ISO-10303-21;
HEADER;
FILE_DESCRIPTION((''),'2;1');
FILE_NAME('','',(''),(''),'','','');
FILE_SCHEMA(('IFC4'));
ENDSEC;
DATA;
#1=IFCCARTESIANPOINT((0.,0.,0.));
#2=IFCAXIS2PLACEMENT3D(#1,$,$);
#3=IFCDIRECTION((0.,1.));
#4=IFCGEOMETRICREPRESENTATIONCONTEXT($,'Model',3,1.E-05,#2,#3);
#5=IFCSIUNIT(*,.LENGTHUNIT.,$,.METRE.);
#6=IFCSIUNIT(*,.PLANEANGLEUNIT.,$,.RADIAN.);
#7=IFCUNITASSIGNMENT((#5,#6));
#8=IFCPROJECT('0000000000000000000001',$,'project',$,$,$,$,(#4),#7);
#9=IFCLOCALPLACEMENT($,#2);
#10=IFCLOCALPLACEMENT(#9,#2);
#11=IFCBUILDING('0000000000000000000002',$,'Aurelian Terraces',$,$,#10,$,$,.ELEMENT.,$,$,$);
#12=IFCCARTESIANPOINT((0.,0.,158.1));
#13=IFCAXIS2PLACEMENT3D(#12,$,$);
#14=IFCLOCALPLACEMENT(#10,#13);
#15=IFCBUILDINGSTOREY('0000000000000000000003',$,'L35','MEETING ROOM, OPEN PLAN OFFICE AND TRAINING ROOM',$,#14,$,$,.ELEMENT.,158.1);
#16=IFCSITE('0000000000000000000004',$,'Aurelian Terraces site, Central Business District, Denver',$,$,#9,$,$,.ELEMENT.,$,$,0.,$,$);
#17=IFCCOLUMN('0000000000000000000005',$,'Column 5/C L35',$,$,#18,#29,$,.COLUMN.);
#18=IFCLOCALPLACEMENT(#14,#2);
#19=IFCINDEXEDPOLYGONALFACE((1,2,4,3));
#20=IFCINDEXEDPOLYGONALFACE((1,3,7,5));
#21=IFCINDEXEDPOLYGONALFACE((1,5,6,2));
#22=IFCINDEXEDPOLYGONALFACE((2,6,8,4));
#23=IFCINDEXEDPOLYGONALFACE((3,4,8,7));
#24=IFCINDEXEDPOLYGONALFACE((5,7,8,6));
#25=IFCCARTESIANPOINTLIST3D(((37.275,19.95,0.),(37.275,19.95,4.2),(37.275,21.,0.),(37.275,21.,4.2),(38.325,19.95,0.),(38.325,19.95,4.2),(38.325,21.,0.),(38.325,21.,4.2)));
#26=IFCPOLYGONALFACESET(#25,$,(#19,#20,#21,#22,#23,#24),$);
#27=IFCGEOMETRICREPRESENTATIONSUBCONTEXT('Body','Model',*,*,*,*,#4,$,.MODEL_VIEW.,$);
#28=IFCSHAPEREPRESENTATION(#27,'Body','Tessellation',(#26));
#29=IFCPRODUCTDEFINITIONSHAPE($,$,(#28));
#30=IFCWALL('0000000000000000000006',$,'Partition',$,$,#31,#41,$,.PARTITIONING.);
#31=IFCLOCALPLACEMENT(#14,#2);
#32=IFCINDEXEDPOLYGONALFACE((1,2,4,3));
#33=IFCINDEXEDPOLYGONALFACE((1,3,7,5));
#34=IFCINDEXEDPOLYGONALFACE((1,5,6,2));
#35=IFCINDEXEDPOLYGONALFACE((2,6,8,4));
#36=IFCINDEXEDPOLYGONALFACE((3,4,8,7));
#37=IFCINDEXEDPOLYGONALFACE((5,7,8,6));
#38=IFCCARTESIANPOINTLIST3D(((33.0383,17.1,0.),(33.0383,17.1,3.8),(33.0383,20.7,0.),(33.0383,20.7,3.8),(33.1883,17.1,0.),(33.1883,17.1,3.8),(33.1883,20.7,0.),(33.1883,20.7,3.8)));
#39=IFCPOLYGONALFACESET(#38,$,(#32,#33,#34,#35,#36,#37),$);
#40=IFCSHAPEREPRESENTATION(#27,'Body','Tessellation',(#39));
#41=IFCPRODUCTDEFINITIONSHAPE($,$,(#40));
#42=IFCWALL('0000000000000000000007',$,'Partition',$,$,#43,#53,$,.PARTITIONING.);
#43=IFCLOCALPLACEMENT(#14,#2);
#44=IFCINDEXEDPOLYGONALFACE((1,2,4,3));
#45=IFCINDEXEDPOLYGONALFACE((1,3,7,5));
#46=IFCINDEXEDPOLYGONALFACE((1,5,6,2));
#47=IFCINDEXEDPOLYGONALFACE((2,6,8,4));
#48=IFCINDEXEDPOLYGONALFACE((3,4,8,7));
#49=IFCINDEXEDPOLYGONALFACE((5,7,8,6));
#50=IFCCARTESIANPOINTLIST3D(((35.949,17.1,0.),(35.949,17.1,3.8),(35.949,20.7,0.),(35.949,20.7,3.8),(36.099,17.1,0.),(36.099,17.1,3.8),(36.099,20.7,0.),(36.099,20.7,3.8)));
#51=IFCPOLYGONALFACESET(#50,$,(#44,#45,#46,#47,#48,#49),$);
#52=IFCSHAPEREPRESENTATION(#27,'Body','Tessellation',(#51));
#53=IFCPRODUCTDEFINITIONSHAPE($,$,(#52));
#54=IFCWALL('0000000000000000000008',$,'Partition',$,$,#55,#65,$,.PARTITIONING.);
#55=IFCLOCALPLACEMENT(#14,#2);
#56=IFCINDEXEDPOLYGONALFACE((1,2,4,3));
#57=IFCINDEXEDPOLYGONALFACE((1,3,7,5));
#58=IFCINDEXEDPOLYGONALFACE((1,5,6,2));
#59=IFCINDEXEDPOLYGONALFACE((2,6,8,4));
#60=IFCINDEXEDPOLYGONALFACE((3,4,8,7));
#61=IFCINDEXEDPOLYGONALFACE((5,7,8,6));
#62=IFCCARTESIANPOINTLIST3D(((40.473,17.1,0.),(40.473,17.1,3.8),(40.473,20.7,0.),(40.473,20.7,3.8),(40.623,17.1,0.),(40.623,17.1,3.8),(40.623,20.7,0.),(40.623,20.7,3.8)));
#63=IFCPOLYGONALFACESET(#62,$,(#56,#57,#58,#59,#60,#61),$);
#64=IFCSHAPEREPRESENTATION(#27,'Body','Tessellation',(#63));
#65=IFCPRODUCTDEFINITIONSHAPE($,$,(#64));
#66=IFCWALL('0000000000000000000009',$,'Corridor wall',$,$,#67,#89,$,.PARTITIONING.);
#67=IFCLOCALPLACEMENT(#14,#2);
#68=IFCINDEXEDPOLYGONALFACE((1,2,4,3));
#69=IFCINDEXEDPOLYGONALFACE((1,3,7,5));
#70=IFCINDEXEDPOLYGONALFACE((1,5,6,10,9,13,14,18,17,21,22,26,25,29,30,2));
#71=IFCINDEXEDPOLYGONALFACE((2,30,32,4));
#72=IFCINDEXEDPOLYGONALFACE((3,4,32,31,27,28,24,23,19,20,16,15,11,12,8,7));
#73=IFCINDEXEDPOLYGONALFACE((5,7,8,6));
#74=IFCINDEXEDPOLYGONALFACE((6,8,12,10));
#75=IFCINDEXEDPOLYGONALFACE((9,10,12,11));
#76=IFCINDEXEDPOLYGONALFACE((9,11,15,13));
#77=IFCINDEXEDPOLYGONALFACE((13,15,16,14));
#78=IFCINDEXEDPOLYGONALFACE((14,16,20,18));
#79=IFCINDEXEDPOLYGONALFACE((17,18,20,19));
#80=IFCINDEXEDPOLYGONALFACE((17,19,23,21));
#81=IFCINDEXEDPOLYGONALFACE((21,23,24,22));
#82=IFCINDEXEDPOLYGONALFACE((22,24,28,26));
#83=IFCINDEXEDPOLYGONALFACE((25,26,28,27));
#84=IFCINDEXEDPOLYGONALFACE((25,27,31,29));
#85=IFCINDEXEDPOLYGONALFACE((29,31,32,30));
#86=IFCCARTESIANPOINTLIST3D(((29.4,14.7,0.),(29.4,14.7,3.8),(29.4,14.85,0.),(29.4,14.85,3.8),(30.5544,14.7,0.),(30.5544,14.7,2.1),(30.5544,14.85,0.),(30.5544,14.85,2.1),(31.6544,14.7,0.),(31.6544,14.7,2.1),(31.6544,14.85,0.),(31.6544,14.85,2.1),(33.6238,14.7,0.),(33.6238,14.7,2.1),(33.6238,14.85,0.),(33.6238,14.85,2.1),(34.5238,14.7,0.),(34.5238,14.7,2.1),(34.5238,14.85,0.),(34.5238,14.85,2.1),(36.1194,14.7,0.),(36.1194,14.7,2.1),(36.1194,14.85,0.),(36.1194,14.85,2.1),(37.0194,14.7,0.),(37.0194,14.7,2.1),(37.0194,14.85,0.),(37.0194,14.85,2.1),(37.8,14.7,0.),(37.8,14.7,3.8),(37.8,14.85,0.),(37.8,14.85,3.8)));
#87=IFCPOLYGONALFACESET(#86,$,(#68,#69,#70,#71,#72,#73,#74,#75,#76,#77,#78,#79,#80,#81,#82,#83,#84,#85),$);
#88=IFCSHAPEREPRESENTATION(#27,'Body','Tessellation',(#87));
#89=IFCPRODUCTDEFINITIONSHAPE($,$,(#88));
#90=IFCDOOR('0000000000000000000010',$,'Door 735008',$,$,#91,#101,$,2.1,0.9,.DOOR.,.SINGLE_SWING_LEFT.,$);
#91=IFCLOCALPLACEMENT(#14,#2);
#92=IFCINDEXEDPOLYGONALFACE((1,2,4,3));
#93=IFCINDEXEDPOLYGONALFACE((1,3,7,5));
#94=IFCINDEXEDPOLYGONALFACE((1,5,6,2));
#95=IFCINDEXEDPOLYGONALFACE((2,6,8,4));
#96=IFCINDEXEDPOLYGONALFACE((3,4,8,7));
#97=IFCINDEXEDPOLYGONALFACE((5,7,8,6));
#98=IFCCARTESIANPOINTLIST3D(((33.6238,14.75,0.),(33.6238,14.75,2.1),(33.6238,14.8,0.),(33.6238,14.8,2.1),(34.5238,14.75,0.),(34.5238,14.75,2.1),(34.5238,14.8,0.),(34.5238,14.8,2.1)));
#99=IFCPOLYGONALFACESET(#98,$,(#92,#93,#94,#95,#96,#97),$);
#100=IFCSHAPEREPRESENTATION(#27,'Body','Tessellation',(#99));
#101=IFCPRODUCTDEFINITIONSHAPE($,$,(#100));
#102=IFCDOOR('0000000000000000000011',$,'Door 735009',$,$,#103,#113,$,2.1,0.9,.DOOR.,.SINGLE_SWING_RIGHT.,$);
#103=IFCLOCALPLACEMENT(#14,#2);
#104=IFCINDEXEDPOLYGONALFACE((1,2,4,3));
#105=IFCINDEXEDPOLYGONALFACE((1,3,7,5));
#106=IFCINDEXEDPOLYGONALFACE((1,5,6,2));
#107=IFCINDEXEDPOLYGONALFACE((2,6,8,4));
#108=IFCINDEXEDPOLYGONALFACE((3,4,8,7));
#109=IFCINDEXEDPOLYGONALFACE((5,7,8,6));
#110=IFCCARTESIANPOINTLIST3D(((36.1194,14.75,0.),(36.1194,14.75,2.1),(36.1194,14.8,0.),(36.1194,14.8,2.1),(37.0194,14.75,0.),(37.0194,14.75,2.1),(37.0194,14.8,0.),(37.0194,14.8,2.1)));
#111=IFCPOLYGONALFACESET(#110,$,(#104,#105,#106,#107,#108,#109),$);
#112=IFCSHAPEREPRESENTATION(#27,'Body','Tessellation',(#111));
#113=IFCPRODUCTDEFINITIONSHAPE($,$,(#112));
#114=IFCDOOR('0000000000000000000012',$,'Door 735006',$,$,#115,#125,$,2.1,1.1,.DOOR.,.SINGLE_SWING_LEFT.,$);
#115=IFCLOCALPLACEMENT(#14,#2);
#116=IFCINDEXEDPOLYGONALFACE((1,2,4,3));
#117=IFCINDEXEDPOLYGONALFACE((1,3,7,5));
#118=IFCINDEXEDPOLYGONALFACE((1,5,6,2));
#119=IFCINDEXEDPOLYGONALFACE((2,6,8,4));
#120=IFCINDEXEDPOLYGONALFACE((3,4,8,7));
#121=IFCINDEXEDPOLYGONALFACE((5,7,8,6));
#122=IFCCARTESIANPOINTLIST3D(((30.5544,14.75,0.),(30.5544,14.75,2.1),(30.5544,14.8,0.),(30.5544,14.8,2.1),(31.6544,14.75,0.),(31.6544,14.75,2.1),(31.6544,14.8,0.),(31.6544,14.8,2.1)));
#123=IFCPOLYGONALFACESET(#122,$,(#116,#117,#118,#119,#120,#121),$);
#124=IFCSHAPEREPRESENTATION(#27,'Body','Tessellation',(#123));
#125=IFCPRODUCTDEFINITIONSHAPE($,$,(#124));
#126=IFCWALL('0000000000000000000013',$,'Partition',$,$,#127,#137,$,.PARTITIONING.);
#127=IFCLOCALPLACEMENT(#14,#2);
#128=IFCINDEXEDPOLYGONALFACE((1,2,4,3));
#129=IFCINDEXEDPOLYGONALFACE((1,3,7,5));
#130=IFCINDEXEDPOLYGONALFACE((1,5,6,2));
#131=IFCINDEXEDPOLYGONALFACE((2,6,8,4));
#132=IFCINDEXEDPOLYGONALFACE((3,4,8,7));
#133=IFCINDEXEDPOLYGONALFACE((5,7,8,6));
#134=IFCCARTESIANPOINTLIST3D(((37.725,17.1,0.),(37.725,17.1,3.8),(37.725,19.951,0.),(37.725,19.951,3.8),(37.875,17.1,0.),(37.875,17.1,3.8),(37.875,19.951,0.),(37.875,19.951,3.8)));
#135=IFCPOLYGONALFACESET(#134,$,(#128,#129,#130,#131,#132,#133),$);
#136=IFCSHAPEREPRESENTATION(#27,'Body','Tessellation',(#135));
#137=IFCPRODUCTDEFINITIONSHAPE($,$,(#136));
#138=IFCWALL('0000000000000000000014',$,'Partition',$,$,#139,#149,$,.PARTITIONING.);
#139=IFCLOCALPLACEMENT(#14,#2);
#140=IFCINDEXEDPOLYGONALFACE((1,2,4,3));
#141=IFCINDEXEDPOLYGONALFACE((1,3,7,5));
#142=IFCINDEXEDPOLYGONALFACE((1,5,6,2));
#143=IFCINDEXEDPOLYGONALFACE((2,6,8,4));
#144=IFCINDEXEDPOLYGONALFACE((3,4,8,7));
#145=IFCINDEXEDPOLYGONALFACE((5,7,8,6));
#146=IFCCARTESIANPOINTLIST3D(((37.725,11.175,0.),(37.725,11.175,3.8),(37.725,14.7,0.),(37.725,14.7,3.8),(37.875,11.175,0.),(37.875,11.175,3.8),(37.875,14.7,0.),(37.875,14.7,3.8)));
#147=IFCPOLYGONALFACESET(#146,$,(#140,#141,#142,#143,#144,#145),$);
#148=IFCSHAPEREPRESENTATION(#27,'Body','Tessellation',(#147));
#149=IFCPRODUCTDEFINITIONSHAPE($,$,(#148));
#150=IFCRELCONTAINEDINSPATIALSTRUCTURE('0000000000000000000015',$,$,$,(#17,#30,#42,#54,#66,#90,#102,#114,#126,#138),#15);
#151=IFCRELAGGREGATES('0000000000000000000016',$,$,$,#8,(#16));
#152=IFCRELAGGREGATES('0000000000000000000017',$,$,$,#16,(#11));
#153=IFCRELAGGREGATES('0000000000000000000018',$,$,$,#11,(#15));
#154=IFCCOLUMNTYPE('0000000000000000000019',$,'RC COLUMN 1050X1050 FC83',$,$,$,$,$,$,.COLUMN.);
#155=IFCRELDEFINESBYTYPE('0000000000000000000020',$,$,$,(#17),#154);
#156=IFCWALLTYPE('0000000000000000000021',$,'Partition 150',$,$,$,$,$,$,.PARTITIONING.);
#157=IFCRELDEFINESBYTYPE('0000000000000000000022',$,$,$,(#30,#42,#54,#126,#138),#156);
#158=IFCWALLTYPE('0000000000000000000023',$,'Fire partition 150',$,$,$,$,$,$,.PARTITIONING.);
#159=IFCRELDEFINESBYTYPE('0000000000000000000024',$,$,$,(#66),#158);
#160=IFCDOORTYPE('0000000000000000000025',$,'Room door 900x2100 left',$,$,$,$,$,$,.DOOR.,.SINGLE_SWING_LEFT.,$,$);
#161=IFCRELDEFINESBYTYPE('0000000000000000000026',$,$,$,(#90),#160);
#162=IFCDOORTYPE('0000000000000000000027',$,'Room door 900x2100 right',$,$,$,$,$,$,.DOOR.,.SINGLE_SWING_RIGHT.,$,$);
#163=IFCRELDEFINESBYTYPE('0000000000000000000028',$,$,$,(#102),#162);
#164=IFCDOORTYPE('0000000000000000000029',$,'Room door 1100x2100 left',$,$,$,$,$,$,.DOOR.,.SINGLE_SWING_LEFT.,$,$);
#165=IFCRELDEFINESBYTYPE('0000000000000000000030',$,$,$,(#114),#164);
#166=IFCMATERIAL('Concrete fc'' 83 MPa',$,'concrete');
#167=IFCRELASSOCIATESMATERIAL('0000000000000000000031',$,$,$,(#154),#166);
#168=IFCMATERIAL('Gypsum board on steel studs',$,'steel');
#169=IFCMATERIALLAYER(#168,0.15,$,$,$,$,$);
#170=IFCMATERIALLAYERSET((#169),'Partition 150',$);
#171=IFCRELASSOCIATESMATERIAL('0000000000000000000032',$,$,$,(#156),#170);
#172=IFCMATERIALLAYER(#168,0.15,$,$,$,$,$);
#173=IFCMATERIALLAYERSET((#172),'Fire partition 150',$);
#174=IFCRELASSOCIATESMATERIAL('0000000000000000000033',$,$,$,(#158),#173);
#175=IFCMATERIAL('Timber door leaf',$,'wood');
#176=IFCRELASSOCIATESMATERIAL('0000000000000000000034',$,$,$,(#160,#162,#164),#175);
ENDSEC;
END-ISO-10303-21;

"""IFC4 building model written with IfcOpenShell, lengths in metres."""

from ifc_helpers import new_model, si_unit, direction, frame, frame_2d, origin, origin_2d, place, context, subcontext, project, spatial, rectangle, extrude, source, transform, mapped, material, layer, layer_set, material_profile, profile_set, type_object, element, fill, save


model = new_model("IFC4")

# Units and contexts
model_context = context("Model", 3, precision=1e-05, world=origin(), true_north=direction((0.0, 1.0)))
body_context = subcontext(model_context, "Body", "Model", "MODEL_VIEW")
ifc_project = project(units=[si_unit("LENGTHUNIT", "METRE"), si_unit("PLANEANGLEUNIT", "RADIAN")], contexts=[model_context])

# Site, building, storey
site_placement = place(None, origin())
site = spatial("IfcSite", under=ifc_project, at=site_placement, Name="Aurelian Terraces site, Central Business District, Denver", CompositionType="ELEMENT", RefElevation=0.0)
building_placement = place(site_placement, origin())
building = spatial("IfcBuilding", under=site, at=building_placement, Name="Aurelian Terraces", CompositionType="ELEMENT")
storey_placement = place(building_placement, frame((0.0, 0.0, 158.1)))
storey = spatial("IfcBuildingStorey", under=building, at=storey_placement, Name="L35", Description="MEETING ROOM, OPEN PLAN OFFICE AND TRAINING ROOM", CompositionType="ELEMENT", Elevation=158.1)

# Column
ifc_material_1 = material(Name="Concrete fc' 83 MPa", Category="concrete")
ifc_material_profile = material_profile(ifc_material_1, rectangle(XDim=1.05, YDim=1.05, at=origin_2d()))
ifc_profile_set = profile_set([ifc_material_profile], Name="Concrete fc' 83 MPa")
column_type = type_object("IfcColumnType", Name="RC COLUMN 1050X1050 FC83", PredefinedType="COLUMN", material=ifc_profile_set)
shared_shape_1 = source(origin(), body_context, "Body", "SweptSolid", [
    extrude(rectangle(XDim=1.05, YDim=1.05, at=origin_2d()), origin(), (0.0, 0.0, 1.0), 4.2),
])
column_placement = place(storey_placement, frame((37.8, 20.475, 0.0), z_axis=(0.0, 0.0, 1.0), x_axis=(1.0, 0.0, 0.0)))
element("IfcColumn", 1, at=column_placement, inside=storey, type_object=column_type, Name="Column 5/C L35", PredefinedType="COLUMN", context=body_context, shape_type="MappedRepresentation", body=[
    mapped(shared_shape_1, transform((0.0, 0.0, 0.0), scale=1.0)),
])

# Walls
ifc_material_2 = material(Name="Gypsum board on steel studs", Category="steel")
ifc_layer_1 = layer(ifc_material_2, 0.15)
ifc_layer_set_1 = layer_set([ifc_layer_1], Name="Partition 150")
wall_type_1 = type_object("IfcWallType", Name="Partition 150", PredefinedType="PARTITIONING", material=ifc_layer_set_1)
shared_shape_2 = source(origin(), body_context, "Body", "SweptSolid", [
    extrude(rectangle(XDim=3.6, YDim=0.15, at=frame_2d((1.8, 0.0))), origin(), (0.0, 0.0, 1.0), 3.8),
])
for number, where, z_axis, x_axis, name in (
    (2, (33.1133, 20.7, 0.0), (0.0, 0.0, 1.0), (0.0, -1.0, 0.0), "Partition"),
    (3, (36.024, 20.7, 0.0), (0.0, 0.0, 1.0), (0.0, -1.0, 0.0), "Partition"),
    (4, (40.548, 20.7, 0.0), (0.0, 0.0, 1.0), (0.0, -1.0, 0.0), "Partition"),
):
    element("IfcWall", number, at=place(storey_placement, frame(where, z_axis=z_axis, x_axis=x_axis)), inside=storey, type_object=wall_type_1, Name=name, PredefinedType="PARTITIONING", context=body_context, shape_type="MappedRepresentation", body=[
        mapped(shared_shape_2, transform((0.0, 0.0, 0.0), scale=1.0)),
    ])

# Wall, openings, doors
ifc_layer_2 = layer(ifc_material_2, 0.15)
ifc_layer_set_2 = layer_set([ifc_layer_2], Name="Fire partition 150")
wall_type_2 = type_object("IfcWallType", Name="Fire partition 150", PredefinedType="PARTITIONING", material=ifc_layer_set_2)
shared_shape_3 = source(origin(), body_context, "Body", "SweptSolid", [
    extrude(rectangle(XDim=8.4, YDim=0.15, at=frame_2d((4.2, 0.0))), origin(), (0.0, 0.0, 1.0), 3.8),
])
wall_1_placement = place(storey_placement, frame((37.8, 14.775, 0.0), z_axis=(0.0, 0.0, 1.0), x_axis=(-1.0, 0.0, 0.0)))
wall_1 = element("IfcWall", 5, at=wall_1_placement, inside=storey, type_object=wall_type_2, Name="Corridor wall", PredefinedType="PARTITIONING", context=body_context, shape_type="MappedRepresentation", body=[
    mapped(shared_shape_3, transform((0.0, 0.0, 0.0), scale=1.0)),
])
shared_shape_4 = source(origin(), body_context, "Body", "SweptSolid", [
    extrude(rectangle(XDim=1.1, YDim=2.1, at=frame_2d((0.55, 1.05))), frame((0.0, 0.085, 0.0), z_axis=(0.0, -1.0, 0.0), x_axis=(1.0, 0.0, 0.0)), (0.0, 0.0, 1.0), 0.17),
])
opening_1_placement = place(wall_1_placement, frame((6.1456, 0.0, 0.0)))
opening_1 = element("IfcOpeningElement", 6, at=opening_1_placement, cuts=wall_1, PredefinedType="OPENING", context=body_context, shape_type="MappedRepresentation", body=[
    mapped(shared_shape_4, transform((0.0, 0.0, 0.0), scale=1.0)),
])
shared_shape_5 = source(origin(), body_context, "Body", "SweptSolid", [
    extrude(rectangle(XDim=0.9, YDim=2.1, at=frame_2d((0.45, 1.05))), frame((0.0, 0.085, 0.0), z_axis=(0.0, -1.0, 0.0), x_axis=(1.0, 0.0, 0.0)), (0.0, 0.0, 1.0), 0.17),
])
opening_2_placement = place(wall_1_placement, frame((3.2762, 0.0, 0.0)))
opening_2 = element("IfcOpeningElement", 7, at=opening_2_placement, cuts=wall_1, PredefinedType="OPENING", context=body_context, shape_type="MappedRepresentation", body=[
    mapped(shared_shape_5, transform((0.0, 0.0, 0.0), scale=1.0)),
])
opening_3_placement = place(wall_1_placement, frame((0.7806, 0.0, 0.0)))
opening_3 = element("IfcOpeningElement", 8, at=opening_3_placement, cuts=wall_1, PredefinedType="OPENING", context=body_context, shape_type="MappedRepresentation", body=[
    mapped(shared_shape_5, transform((0.0, 0.0, 0.0), scale=1.0)),
])
ifc_material_3 = material(Name="Timber door leaf", Category="wood")
door_type_1 = type_object("IfcDoorType", Name="Room door 900x2100 left", OperationType="SINGLE_SWING_LEFT", PredefinedType="DOOR", material=ifc_material_3)
shared_shape_6 = source(origin(), body_context, "Body", "SweptSolid", [
    extrude(rectangle(XDim=0.9, YDim=2.1, at=frame_2d((0.45, 1.05))), frame((0.0, 0.025, 0.0), z_axis=(0.0, -1.0, 0.0), x_axis=(1.0, 0.0, 0.0)), (0.0, 0.0, 1.0), 0.05),
])
door_1_placement = place(opening_2_placement, origin())
door_1 = element("IfcDoor", 9, at=door_1_placement, inside=storey, type_object=door_type_1, Name="Door 735008", OperationType="SINGLE_SWING_LEFT", OverallHeight=2.1, OverallWidth=0.9, PredefinedType="DOOR", context=body_context, shape_type="MappedRepresentation", body=[
    mapped(shared_shape_6, transform((0.0, 0.0, 0.0), scale=1.0)),
])
fill(opening_2, door_1)
door_type_2 = type_object("IfcDoorType", Name="Room door 900x2100 right", OperationType="SINGLE_SWING_RIGHT", PredefinedType="DOOR", material=ifc_material_3)
door_2_placement = place(opening_3_placement, origin())
door_2 = element("IfcDoor", 10, at=door_2_placement, inside=storey, type_object=door_type_2, Name="Door 735009", OperationType="SINGLE_SWING_RIGHT", OverallHeight=2.1, OverallWidth=0.9, PredefinedType="DOOR", context=body_context, shape_type="MappedRepresentation", body=[
    mapped(shared_shape_6, transform((0.0, 0.0, 0.0), scale=1.0)),
])
fill(opening_3, door_2)
door_type_3 = type_object("IfcDoorType", Name="Room door 1100x2100 left", OperationType="SINGLE_SWING_LEFT", PredefinedType="DOOR", material=ifc_material_3)
shared_shape_7 = source(origin(), body_context, "Body", "SweptSolid", [
    extrude(rectangle(XDim=1.1, YDim=2.1, at=frame_2d((0.55, 1.05))), frame((0.0, 0.025, 0.0), z_axis=(0.0, -1.0, 0.0), x_axis=(1.0, 0.0, 0.0)), (0.0, 0.0, 1.0), 0.05),
])
door_3_placement = place(opening_1_placement, origin())
door_3 = element("IfcDoor", 11, at=door_3_placement, inside=storey, type_object=door_type_3, Name="Door 735006", OperationType="SINGLE_SWING_LEFT", OverallHeight=2.1, OverallWidth=1.1, PredefinedType="DOOR", context=body_context, shape_type="MappedRepresentation", body=[
    mapped(shared_shape_7, transform((0.0, 0.0, 0.0), scale=1.0)),
])
fill(opening_1, door_3)

# Walls
shared_shape_8 = source(origin(), body_context, "Body", "SweptSolid", [
    extrude(rectangle(XDim=2.851, YDim=0.15, at=frame_2d((1.4255, 0.0))), origin(), (0.0, 0.0, 1.0), 3.8),
])
wall_2_placement = place(storey_placement, frame((37.8, 17.1, 0.0), z_axis=(0.0, 0.0, 1.0), x_axis=(0.0, 1.0, 0.0)))
element("IfcWall", 12, at=wall_2_placement, inside=storey, type_object=wall_type_1, Name="Partition", PredefinedType="PARTITIONING", context=body_context, shape_type="MappedRepresentation", body=[
    mapped(shared_shape_8, transform((0.0, 0.0, 0.0), scale=1.0)),
])
shared_shape_9 = source(origin(), body_context, "Body", "SweptSolid", [
    extrude(rectangle(XDim=3.525, YDim=0.15, at=frame_2d((1.7625, 0.0))), origin(), (0.0, 0.0, 1.0), 3.8),
])
wall_3_placement = place(storey_placement, frame((37.8, 11.175, 0.0), z_axis=(0.0, 0.0, 1.0), x_axis=(0.0, 1.0, 0.0)))
element("IfcWall", 13, at=wall_3_placement, inside=storey, type_object=wall_type_1, Name="Partition", PredefinedType="PARTITIONING", context=body_context, shape_type="MappedRepresentation", body=[
    mapped(shared_shape_9, transform((0.0, 0.0, 0.0), scale=1.0)),
])

save(model, "model.ifc")
